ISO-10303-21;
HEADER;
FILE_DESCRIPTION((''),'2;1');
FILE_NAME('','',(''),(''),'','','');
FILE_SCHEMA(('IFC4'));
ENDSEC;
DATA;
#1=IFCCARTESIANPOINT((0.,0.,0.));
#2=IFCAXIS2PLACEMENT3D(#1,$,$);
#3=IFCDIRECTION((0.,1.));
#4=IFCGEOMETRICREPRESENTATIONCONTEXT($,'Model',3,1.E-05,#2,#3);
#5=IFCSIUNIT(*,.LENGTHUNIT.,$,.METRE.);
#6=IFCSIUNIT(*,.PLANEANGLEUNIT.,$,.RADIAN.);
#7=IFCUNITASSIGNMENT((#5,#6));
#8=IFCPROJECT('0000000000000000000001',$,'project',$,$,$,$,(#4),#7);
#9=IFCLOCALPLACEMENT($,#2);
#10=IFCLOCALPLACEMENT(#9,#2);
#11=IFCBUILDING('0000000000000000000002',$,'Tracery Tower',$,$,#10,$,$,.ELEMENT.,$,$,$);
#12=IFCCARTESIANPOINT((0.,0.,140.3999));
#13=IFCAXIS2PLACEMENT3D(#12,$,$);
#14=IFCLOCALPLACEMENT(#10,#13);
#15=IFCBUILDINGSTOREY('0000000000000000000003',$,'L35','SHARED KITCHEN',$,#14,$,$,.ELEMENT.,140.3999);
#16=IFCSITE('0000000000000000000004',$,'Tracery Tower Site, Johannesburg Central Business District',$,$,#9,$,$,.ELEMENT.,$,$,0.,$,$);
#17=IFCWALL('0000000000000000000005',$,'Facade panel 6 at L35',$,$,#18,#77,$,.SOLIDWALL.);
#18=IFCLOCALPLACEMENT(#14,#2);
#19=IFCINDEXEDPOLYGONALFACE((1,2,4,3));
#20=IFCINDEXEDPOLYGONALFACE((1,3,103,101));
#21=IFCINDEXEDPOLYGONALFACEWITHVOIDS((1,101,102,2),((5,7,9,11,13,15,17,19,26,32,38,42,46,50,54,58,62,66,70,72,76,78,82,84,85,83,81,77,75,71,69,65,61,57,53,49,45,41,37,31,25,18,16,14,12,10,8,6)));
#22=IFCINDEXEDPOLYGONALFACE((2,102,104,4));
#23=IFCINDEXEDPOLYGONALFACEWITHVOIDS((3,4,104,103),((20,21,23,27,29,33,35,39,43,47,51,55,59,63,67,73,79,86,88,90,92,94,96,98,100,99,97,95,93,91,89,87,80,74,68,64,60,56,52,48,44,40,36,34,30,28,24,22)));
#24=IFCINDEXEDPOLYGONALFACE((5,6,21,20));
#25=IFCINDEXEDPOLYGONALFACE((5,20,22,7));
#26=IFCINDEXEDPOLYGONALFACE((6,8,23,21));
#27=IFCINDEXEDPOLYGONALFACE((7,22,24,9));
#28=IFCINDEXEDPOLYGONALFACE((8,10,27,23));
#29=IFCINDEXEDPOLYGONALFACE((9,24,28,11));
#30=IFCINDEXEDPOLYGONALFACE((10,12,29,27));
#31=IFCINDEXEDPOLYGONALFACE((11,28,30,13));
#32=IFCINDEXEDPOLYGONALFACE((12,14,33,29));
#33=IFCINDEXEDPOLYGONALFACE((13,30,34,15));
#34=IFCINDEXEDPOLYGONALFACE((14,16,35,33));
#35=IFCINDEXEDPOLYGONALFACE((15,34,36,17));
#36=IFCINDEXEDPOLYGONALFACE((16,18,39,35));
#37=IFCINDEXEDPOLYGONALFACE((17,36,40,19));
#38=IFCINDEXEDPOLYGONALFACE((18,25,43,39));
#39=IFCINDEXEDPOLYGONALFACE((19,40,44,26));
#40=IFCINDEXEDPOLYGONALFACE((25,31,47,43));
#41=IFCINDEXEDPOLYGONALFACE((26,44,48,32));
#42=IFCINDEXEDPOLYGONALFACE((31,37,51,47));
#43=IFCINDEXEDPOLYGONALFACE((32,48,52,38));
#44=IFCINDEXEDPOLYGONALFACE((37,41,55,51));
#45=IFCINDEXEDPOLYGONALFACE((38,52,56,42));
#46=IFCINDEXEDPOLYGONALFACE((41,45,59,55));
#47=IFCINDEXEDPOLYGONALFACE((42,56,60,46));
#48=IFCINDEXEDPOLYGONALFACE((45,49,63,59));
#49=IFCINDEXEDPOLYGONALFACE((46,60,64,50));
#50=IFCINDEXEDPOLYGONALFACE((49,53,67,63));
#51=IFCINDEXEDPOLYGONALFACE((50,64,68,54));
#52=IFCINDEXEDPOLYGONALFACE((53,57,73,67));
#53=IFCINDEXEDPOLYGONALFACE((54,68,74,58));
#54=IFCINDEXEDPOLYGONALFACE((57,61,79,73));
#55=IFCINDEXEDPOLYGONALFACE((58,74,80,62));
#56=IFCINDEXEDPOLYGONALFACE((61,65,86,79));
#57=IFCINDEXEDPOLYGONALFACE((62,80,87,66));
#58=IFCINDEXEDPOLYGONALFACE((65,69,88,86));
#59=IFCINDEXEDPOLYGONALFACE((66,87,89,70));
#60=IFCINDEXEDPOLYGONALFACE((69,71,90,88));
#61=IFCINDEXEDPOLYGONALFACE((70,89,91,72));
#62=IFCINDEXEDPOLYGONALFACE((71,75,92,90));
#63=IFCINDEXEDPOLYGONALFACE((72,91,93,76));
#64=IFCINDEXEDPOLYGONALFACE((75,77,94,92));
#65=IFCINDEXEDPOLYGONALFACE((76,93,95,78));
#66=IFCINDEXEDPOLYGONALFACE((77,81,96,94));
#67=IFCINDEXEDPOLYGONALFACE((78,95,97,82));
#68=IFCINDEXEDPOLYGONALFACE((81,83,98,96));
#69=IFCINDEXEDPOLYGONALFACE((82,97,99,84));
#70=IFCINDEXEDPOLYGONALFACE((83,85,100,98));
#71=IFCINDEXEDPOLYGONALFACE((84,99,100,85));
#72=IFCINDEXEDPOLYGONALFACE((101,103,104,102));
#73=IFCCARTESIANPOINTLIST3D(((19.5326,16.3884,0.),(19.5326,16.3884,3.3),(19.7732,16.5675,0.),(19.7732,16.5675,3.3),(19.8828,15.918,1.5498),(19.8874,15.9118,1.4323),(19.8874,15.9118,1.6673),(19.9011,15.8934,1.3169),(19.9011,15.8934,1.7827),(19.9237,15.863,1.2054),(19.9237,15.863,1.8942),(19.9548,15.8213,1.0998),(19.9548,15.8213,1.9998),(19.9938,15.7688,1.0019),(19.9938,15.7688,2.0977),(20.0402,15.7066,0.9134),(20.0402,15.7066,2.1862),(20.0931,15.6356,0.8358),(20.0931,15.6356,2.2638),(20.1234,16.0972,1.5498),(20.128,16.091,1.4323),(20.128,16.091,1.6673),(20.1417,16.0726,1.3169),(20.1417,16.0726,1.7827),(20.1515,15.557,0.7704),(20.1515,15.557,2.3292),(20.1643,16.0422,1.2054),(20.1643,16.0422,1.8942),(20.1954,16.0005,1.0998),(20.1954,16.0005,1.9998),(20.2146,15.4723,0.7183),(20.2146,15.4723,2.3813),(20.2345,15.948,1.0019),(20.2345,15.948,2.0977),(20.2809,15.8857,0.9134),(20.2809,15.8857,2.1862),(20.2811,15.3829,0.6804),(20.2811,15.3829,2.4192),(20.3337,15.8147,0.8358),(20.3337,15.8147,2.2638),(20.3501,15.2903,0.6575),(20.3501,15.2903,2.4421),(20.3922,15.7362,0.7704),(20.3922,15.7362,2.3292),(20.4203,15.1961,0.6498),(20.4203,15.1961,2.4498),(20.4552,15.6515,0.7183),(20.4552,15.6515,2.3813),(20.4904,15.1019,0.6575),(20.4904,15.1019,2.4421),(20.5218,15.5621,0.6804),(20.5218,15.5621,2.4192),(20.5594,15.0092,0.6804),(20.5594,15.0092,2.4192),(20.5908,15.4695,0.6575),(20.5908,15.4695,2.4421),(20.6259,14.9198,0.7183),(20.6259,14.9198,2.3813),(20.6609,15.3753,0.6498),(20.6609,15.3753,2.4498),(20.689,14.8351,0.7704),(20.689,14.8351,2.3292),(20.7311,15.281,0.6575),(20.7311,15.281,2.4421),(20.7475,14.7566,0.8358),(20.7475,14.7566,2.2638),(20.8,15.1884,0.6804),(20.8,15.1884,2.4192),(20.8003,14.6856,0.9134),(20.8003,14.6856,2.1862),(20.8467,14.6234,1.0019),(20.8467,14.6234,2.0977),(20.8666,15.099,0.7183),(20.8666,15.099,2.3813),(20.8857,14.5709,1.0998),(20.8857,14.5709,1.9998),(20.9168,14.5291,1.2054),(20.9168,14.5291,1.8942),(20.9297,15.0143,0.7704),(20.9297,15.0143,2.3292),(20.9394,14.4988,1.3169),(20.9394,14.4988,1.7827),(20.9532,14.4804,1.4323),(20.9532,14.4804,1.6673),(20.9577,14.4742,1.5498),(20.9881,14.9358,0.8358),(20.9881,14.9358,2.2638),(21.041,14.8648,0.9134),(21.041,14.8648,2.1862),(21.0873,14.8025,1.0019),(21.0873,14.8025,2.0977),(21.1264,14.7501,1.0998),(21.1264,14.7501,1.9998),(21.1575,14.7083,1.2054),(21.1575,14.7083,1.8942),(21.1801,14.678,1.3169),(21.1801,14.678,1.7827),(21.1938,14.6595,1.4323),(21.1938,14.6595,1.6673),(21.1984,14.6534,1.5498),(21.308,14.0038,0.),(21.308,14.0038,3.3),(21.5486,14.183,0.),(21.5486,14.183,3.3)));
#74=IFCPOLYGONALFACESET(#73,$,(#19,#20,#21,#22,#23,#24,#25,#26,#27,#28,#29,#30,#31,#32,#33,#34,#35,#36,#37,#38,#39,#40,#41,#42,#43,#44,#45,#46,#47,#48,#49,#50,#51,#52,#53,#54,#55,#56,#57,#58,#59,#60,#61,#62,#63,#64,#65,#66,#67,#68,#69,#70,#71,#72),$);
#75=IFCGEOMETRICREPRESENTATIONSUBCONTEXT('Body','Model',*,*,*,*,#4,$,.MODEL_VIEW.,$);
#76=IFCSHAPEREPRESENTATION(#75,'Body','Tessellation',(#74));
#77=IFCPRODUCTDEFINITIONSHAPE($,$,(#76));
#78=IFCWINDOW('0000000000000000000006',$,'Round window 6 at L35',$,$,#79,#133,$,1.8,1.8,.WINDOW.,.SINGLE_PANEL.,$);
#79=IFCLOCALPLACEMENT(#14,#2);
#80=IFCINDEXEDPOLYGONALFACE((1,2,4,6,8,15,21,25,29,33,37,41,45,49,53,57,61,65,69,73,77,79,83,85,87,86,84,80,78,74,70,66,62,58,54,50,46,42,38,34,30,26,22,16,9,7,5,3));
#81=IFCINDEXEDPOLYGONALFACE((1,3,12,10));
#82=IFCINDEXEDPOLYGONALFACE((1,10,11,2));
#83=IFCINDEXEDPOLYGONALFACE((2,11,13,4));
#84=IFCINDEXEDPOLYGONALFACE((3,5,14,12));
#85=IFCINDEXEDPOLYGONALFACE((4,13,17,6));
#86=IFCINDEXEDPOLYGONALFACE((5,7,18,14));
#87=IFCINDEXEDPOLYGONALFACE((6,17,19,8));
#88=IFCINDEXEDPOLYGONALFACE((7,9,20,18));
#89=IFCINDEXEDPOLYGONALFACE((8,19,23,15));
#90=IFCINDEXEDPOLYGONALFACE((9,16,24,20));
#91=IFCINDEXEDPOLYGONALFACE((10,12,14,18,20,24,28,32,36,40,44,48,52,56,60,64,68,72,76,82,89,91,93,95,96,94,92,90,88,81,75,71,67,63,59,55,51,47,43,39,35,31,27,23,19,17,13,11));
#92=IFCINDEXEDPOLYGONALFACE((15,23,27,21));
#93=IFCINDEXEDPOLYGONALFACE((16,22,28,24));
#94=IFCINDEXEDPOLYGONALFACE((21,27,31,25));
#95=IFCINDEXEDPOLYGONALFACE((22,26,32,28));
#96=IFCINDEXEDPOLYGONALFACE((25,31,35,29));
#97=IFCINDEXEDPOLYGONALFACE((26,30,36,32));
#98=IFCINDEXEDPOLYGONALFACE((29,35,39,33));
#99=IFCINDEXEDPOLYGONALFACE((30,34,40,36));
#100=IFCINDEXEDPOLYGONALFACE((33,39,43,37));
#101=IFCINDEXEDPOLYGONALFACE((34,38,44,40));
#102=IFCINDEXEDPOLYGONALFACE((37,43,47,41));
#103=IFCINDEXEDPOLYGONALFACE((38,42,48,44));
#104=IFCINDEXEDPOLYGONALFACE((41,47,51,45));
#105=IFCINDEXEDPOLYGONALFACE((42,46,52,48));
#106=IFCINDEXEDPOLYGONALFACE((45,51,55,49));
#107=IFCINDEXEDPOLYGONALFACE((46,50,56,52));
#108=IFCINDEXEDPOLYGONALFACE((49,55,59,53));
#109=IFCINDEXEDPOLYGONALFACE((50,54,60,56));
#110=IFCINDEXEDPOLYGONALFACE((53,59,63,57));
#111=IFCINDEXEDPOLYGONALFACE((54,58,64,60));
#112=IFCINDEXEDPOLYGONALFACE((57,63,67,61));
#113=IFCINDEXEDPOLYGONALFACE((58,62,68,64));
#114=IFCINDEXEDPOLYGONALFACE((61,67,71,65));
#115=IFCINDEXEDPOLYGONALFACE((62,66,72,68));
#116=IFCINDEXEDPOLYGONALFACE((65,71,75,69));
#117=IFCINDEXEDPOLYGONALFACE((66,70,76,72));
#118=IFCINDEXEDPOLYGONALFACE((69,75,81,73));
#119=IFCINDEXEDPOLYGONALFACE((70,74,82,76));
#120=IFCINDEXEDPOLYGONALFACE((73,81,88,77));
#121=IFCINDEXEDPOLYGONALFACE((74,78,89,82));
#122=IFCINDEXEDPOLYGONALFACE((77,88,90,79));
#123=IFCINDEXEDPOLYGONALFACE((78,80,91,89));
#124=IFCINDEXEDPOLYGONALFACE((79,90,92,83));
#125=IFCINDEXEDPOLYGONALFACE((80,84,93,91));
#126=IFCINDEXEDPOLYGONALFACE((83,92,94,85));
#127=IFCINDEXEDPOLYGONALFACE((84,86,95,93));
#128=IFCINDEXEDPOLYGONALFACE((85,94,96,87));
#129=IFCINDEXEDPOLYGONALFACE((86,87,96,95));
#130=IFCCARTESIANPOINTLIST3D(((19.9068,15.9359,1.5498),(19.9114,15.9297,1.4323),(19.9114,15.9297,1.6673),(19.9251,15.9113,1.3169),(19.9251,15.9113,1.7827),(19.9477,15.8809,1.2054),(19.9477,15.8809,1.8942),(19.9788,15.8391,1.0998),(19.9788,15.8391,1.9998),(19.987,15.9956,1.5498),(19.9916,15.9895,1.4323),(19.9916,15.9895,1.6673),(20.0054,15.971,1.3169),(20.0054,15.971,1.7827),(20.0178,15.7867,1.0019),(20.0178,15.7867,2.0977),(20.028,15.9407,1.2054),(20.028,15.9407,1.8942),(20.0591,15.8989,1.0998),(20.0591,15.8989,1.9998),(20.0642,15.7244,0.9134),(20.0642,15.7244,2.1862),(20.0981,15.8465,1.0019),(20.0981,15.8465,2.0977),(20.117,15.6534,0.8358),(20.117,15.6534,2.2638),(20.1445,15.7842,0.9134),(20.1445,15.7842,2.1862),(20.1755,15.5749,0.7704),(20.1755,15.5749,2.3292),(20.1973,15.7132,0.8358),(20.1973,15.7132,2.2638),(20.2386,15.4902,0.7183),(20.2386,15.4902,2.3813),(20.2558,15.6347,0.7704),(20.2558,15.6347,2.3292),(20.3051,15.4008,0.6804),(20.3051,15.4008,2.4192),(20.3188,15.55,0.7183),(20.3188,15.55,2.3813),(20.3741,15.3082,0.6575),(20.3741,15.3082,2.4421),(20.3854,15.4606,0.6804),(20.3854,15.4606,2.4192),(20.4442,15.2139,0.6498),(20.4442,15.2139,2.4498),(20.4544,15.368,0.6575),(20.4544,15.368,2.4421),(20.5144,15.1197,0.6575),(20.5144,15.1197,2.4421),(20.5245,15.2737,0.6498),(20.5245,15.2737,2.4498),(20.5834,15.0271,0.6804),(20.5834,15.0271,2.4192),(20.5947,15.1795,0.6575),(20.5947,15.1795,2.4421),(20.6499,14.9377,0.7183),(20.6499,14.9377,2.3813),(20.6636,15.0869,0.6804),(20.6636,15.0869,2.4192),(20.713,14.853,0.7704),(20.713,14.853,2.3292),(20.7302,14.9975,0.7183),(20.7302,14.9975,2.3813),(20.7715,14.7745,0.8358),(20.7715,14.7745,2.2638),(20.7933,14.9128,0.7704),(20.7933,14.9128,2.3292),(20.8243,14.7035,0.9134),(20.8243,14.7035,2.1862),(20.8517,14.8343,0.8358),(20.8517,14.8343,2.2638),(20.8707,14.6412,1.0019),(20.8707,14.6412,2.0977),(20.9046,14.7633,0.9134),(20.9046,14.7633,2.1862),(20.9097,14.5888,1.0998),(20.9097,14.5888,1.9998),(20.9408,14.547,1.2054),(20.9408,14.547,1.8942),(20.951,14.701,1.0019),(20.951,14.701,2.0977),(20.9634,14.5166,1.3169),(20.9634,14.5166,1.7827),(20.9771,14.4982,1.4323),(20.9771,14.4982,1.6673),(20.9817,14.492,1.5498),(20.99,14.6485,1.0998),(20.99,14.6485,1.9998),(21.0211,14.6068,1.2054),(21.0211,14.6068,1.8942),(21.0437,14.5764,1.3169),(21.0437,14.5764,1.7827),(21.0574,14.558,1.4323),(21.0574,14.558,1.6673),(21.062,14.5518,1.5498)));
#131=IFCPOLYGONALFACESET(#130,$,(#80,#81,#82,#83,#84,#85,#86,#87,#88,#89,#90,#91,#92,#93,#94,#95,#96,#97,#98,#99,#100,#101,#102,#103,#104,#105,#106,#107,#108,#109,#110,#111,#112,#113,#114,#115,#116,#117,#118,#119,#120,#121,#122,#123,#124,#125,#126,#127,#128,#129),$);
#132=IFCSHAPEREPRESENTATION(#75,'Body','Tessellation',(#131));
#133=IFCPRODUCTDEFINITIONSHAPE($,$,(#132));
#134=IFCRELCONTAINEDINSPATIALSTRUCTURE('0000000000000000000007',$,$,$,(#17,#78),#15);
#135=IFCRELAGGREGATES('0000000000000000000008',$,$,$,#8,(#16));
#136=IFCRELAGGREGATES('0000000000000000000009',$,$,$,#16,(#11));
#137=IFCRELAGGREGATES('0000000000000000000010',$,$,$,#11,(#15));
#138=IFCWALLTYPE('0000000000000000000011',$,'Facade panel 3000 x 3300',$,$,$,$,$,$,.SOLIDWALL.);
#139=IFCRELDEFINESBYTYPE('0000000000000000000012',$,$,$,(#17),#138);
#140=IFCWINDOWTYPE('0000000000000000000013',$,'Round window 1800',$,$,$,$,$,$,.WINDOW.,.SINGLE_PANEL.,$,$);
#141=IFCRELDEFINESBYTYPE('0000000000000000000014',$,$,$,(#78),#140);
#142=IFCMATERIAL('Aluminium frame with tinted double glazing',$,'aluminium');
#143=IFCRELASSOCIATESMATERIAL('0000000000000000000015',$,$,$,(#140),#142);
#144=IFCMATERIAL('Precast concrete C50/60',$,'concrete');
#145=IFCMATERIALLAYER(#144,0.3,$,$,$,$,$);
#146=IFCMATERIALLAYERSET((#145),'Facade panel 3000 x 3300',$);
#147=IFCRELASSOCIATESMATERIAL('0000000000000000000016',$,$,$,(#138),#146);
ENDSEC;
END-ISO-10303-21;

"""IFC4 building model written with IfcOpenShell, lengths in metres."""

from ifc_helpers import new_model, si_unit, direction, frame, frame_2d, origin, origin_2d, place, context, subcontext, project, spatial, rectangle, circle, extrude, material, layer, layer_set, type_object, element, fill, save


model = new_model("IFC4")

# Units and contexts
model_context = context("Model", 3, precision=1e-05, world=origin(), true_north=direction((0.0, 1.0)))
body_context = subcontext(model_context, "Body", "Model", "MODEL_VIEW")
ifc_project = project(units=[si_unit("LENGTHUNIT", "METRE"), si_unit("PLANEANGLEUNIT", "RADIAN")], contexts=[model_context])

# Site, building, storey
site_placement = place(None, origin())
site = spatial("IfcSite", under=ifc_project, at=site_placement, Name="Tracery Tower Site, Johannesburg Central Business District", CompositionType="ELEMENT", RefElevation=0.0)
building_placement = place(site_placement, origin())
building = spatial("IfcBuilding", under=site, at=building_placement, Name="Tracery Tower", CompositionType="ELEMENT")
storey_placement = place(building_placement, frame((0.0, 0.0, 140.3999)))
storey = spatial("IfcBuildingStorey", under=building, at=storey_placement, Name="L35", Description="SHARED KITCHEN", CompositionType="ELEMENT", Elevation=140.3999)

# Wall, opening, window
ifc_material_1 = material(Name="Aluminium frame with tinted double glazing", Category="aluminium")
window_type = type_object("IfcWindowType", Name="Round window 1800", PartitioningType="SINGLE_PANEL", PredefinedType="WINDOW", material=ifc_material_1)
ifc_material_2 = material(Name="Precast concrete C50/60", Category="concrete")
ifc_layer_1 = layer(ifc_material_2, 0.3)
ifc_layer_set_1 = layer_set([ifc_layer_1], Name="Facade panel 3000 x 3300")
wall_type_1 = type_object("IfcWallType", Name="Facade panel 3000 x 3300", PredefinedType="SOLIDWALL", material=ifc_layer_set_1)
wall_1_placement = place(storey_placement, frame((21.4282, 14.0935, 0.0), z_axis=(0.0, 0.0, 1.0), x_axis=(-0.597198, 0.802094, 0.0)))
wall_1 = element("IfcWall", 1, at=wall_1_placement, inside=storey, type_object=wall_type_1, Name="Facade panel 6 at L35", PredefinedType="SOLIDWALL", context=body_context, shape_type="SweptSolid", body=[
    extrude(rectangle(XDim=2.9729, YDim=0.3, at=frame_2d((1.4863, 0.0))), origin(), (0.0, 0.0, 1.0), 3.3),
])
opening_1_placement = place(wall_1_placement, frame((1.4863, 0.0, 1.5498)))
opening_1 = element("IfcOpeningElement", 2, at=opening_1_placement, cuts=wall_1, PredefinedType="OPENING", context=body_context, shape_type="SweptSolid", body=[
    extrude(circle(Radius=0.9, at=origin_2d()), frame((0.0, 0.1599, 0.0), z_axis=(0.0, -1.0, 0.0), x_axis=(1.0, 0.0, 0.0)), (0.0, 0.0, 1.0), 0.3201),
])
window_1_placement = place(opening_1_placement, origin())
window_1 = element("IfcWindow", 3, at=window_1_placement, inside=storey, type_object=window_type, Name="Round window 6 at L35", OverallHeight=1.8, OverallWidth=1.8, PartitioningType="SINGLE_PANEL", PredefinedType="WINDOW", context=body_context, shape_type="SweptSolid", body=[
    extrude(circle(Radius=0.9, at=origin_2d()), frame((0.0, 0.1201, 0.0), z_axis=(0.0, -1.0, 0.0), x_axis=(1.0, 0.0, 0.0)), (0.0, 0.0, 1.0), 0.1001),
])
fill(opening_1, window_1)

save(model, "model.ifc")
